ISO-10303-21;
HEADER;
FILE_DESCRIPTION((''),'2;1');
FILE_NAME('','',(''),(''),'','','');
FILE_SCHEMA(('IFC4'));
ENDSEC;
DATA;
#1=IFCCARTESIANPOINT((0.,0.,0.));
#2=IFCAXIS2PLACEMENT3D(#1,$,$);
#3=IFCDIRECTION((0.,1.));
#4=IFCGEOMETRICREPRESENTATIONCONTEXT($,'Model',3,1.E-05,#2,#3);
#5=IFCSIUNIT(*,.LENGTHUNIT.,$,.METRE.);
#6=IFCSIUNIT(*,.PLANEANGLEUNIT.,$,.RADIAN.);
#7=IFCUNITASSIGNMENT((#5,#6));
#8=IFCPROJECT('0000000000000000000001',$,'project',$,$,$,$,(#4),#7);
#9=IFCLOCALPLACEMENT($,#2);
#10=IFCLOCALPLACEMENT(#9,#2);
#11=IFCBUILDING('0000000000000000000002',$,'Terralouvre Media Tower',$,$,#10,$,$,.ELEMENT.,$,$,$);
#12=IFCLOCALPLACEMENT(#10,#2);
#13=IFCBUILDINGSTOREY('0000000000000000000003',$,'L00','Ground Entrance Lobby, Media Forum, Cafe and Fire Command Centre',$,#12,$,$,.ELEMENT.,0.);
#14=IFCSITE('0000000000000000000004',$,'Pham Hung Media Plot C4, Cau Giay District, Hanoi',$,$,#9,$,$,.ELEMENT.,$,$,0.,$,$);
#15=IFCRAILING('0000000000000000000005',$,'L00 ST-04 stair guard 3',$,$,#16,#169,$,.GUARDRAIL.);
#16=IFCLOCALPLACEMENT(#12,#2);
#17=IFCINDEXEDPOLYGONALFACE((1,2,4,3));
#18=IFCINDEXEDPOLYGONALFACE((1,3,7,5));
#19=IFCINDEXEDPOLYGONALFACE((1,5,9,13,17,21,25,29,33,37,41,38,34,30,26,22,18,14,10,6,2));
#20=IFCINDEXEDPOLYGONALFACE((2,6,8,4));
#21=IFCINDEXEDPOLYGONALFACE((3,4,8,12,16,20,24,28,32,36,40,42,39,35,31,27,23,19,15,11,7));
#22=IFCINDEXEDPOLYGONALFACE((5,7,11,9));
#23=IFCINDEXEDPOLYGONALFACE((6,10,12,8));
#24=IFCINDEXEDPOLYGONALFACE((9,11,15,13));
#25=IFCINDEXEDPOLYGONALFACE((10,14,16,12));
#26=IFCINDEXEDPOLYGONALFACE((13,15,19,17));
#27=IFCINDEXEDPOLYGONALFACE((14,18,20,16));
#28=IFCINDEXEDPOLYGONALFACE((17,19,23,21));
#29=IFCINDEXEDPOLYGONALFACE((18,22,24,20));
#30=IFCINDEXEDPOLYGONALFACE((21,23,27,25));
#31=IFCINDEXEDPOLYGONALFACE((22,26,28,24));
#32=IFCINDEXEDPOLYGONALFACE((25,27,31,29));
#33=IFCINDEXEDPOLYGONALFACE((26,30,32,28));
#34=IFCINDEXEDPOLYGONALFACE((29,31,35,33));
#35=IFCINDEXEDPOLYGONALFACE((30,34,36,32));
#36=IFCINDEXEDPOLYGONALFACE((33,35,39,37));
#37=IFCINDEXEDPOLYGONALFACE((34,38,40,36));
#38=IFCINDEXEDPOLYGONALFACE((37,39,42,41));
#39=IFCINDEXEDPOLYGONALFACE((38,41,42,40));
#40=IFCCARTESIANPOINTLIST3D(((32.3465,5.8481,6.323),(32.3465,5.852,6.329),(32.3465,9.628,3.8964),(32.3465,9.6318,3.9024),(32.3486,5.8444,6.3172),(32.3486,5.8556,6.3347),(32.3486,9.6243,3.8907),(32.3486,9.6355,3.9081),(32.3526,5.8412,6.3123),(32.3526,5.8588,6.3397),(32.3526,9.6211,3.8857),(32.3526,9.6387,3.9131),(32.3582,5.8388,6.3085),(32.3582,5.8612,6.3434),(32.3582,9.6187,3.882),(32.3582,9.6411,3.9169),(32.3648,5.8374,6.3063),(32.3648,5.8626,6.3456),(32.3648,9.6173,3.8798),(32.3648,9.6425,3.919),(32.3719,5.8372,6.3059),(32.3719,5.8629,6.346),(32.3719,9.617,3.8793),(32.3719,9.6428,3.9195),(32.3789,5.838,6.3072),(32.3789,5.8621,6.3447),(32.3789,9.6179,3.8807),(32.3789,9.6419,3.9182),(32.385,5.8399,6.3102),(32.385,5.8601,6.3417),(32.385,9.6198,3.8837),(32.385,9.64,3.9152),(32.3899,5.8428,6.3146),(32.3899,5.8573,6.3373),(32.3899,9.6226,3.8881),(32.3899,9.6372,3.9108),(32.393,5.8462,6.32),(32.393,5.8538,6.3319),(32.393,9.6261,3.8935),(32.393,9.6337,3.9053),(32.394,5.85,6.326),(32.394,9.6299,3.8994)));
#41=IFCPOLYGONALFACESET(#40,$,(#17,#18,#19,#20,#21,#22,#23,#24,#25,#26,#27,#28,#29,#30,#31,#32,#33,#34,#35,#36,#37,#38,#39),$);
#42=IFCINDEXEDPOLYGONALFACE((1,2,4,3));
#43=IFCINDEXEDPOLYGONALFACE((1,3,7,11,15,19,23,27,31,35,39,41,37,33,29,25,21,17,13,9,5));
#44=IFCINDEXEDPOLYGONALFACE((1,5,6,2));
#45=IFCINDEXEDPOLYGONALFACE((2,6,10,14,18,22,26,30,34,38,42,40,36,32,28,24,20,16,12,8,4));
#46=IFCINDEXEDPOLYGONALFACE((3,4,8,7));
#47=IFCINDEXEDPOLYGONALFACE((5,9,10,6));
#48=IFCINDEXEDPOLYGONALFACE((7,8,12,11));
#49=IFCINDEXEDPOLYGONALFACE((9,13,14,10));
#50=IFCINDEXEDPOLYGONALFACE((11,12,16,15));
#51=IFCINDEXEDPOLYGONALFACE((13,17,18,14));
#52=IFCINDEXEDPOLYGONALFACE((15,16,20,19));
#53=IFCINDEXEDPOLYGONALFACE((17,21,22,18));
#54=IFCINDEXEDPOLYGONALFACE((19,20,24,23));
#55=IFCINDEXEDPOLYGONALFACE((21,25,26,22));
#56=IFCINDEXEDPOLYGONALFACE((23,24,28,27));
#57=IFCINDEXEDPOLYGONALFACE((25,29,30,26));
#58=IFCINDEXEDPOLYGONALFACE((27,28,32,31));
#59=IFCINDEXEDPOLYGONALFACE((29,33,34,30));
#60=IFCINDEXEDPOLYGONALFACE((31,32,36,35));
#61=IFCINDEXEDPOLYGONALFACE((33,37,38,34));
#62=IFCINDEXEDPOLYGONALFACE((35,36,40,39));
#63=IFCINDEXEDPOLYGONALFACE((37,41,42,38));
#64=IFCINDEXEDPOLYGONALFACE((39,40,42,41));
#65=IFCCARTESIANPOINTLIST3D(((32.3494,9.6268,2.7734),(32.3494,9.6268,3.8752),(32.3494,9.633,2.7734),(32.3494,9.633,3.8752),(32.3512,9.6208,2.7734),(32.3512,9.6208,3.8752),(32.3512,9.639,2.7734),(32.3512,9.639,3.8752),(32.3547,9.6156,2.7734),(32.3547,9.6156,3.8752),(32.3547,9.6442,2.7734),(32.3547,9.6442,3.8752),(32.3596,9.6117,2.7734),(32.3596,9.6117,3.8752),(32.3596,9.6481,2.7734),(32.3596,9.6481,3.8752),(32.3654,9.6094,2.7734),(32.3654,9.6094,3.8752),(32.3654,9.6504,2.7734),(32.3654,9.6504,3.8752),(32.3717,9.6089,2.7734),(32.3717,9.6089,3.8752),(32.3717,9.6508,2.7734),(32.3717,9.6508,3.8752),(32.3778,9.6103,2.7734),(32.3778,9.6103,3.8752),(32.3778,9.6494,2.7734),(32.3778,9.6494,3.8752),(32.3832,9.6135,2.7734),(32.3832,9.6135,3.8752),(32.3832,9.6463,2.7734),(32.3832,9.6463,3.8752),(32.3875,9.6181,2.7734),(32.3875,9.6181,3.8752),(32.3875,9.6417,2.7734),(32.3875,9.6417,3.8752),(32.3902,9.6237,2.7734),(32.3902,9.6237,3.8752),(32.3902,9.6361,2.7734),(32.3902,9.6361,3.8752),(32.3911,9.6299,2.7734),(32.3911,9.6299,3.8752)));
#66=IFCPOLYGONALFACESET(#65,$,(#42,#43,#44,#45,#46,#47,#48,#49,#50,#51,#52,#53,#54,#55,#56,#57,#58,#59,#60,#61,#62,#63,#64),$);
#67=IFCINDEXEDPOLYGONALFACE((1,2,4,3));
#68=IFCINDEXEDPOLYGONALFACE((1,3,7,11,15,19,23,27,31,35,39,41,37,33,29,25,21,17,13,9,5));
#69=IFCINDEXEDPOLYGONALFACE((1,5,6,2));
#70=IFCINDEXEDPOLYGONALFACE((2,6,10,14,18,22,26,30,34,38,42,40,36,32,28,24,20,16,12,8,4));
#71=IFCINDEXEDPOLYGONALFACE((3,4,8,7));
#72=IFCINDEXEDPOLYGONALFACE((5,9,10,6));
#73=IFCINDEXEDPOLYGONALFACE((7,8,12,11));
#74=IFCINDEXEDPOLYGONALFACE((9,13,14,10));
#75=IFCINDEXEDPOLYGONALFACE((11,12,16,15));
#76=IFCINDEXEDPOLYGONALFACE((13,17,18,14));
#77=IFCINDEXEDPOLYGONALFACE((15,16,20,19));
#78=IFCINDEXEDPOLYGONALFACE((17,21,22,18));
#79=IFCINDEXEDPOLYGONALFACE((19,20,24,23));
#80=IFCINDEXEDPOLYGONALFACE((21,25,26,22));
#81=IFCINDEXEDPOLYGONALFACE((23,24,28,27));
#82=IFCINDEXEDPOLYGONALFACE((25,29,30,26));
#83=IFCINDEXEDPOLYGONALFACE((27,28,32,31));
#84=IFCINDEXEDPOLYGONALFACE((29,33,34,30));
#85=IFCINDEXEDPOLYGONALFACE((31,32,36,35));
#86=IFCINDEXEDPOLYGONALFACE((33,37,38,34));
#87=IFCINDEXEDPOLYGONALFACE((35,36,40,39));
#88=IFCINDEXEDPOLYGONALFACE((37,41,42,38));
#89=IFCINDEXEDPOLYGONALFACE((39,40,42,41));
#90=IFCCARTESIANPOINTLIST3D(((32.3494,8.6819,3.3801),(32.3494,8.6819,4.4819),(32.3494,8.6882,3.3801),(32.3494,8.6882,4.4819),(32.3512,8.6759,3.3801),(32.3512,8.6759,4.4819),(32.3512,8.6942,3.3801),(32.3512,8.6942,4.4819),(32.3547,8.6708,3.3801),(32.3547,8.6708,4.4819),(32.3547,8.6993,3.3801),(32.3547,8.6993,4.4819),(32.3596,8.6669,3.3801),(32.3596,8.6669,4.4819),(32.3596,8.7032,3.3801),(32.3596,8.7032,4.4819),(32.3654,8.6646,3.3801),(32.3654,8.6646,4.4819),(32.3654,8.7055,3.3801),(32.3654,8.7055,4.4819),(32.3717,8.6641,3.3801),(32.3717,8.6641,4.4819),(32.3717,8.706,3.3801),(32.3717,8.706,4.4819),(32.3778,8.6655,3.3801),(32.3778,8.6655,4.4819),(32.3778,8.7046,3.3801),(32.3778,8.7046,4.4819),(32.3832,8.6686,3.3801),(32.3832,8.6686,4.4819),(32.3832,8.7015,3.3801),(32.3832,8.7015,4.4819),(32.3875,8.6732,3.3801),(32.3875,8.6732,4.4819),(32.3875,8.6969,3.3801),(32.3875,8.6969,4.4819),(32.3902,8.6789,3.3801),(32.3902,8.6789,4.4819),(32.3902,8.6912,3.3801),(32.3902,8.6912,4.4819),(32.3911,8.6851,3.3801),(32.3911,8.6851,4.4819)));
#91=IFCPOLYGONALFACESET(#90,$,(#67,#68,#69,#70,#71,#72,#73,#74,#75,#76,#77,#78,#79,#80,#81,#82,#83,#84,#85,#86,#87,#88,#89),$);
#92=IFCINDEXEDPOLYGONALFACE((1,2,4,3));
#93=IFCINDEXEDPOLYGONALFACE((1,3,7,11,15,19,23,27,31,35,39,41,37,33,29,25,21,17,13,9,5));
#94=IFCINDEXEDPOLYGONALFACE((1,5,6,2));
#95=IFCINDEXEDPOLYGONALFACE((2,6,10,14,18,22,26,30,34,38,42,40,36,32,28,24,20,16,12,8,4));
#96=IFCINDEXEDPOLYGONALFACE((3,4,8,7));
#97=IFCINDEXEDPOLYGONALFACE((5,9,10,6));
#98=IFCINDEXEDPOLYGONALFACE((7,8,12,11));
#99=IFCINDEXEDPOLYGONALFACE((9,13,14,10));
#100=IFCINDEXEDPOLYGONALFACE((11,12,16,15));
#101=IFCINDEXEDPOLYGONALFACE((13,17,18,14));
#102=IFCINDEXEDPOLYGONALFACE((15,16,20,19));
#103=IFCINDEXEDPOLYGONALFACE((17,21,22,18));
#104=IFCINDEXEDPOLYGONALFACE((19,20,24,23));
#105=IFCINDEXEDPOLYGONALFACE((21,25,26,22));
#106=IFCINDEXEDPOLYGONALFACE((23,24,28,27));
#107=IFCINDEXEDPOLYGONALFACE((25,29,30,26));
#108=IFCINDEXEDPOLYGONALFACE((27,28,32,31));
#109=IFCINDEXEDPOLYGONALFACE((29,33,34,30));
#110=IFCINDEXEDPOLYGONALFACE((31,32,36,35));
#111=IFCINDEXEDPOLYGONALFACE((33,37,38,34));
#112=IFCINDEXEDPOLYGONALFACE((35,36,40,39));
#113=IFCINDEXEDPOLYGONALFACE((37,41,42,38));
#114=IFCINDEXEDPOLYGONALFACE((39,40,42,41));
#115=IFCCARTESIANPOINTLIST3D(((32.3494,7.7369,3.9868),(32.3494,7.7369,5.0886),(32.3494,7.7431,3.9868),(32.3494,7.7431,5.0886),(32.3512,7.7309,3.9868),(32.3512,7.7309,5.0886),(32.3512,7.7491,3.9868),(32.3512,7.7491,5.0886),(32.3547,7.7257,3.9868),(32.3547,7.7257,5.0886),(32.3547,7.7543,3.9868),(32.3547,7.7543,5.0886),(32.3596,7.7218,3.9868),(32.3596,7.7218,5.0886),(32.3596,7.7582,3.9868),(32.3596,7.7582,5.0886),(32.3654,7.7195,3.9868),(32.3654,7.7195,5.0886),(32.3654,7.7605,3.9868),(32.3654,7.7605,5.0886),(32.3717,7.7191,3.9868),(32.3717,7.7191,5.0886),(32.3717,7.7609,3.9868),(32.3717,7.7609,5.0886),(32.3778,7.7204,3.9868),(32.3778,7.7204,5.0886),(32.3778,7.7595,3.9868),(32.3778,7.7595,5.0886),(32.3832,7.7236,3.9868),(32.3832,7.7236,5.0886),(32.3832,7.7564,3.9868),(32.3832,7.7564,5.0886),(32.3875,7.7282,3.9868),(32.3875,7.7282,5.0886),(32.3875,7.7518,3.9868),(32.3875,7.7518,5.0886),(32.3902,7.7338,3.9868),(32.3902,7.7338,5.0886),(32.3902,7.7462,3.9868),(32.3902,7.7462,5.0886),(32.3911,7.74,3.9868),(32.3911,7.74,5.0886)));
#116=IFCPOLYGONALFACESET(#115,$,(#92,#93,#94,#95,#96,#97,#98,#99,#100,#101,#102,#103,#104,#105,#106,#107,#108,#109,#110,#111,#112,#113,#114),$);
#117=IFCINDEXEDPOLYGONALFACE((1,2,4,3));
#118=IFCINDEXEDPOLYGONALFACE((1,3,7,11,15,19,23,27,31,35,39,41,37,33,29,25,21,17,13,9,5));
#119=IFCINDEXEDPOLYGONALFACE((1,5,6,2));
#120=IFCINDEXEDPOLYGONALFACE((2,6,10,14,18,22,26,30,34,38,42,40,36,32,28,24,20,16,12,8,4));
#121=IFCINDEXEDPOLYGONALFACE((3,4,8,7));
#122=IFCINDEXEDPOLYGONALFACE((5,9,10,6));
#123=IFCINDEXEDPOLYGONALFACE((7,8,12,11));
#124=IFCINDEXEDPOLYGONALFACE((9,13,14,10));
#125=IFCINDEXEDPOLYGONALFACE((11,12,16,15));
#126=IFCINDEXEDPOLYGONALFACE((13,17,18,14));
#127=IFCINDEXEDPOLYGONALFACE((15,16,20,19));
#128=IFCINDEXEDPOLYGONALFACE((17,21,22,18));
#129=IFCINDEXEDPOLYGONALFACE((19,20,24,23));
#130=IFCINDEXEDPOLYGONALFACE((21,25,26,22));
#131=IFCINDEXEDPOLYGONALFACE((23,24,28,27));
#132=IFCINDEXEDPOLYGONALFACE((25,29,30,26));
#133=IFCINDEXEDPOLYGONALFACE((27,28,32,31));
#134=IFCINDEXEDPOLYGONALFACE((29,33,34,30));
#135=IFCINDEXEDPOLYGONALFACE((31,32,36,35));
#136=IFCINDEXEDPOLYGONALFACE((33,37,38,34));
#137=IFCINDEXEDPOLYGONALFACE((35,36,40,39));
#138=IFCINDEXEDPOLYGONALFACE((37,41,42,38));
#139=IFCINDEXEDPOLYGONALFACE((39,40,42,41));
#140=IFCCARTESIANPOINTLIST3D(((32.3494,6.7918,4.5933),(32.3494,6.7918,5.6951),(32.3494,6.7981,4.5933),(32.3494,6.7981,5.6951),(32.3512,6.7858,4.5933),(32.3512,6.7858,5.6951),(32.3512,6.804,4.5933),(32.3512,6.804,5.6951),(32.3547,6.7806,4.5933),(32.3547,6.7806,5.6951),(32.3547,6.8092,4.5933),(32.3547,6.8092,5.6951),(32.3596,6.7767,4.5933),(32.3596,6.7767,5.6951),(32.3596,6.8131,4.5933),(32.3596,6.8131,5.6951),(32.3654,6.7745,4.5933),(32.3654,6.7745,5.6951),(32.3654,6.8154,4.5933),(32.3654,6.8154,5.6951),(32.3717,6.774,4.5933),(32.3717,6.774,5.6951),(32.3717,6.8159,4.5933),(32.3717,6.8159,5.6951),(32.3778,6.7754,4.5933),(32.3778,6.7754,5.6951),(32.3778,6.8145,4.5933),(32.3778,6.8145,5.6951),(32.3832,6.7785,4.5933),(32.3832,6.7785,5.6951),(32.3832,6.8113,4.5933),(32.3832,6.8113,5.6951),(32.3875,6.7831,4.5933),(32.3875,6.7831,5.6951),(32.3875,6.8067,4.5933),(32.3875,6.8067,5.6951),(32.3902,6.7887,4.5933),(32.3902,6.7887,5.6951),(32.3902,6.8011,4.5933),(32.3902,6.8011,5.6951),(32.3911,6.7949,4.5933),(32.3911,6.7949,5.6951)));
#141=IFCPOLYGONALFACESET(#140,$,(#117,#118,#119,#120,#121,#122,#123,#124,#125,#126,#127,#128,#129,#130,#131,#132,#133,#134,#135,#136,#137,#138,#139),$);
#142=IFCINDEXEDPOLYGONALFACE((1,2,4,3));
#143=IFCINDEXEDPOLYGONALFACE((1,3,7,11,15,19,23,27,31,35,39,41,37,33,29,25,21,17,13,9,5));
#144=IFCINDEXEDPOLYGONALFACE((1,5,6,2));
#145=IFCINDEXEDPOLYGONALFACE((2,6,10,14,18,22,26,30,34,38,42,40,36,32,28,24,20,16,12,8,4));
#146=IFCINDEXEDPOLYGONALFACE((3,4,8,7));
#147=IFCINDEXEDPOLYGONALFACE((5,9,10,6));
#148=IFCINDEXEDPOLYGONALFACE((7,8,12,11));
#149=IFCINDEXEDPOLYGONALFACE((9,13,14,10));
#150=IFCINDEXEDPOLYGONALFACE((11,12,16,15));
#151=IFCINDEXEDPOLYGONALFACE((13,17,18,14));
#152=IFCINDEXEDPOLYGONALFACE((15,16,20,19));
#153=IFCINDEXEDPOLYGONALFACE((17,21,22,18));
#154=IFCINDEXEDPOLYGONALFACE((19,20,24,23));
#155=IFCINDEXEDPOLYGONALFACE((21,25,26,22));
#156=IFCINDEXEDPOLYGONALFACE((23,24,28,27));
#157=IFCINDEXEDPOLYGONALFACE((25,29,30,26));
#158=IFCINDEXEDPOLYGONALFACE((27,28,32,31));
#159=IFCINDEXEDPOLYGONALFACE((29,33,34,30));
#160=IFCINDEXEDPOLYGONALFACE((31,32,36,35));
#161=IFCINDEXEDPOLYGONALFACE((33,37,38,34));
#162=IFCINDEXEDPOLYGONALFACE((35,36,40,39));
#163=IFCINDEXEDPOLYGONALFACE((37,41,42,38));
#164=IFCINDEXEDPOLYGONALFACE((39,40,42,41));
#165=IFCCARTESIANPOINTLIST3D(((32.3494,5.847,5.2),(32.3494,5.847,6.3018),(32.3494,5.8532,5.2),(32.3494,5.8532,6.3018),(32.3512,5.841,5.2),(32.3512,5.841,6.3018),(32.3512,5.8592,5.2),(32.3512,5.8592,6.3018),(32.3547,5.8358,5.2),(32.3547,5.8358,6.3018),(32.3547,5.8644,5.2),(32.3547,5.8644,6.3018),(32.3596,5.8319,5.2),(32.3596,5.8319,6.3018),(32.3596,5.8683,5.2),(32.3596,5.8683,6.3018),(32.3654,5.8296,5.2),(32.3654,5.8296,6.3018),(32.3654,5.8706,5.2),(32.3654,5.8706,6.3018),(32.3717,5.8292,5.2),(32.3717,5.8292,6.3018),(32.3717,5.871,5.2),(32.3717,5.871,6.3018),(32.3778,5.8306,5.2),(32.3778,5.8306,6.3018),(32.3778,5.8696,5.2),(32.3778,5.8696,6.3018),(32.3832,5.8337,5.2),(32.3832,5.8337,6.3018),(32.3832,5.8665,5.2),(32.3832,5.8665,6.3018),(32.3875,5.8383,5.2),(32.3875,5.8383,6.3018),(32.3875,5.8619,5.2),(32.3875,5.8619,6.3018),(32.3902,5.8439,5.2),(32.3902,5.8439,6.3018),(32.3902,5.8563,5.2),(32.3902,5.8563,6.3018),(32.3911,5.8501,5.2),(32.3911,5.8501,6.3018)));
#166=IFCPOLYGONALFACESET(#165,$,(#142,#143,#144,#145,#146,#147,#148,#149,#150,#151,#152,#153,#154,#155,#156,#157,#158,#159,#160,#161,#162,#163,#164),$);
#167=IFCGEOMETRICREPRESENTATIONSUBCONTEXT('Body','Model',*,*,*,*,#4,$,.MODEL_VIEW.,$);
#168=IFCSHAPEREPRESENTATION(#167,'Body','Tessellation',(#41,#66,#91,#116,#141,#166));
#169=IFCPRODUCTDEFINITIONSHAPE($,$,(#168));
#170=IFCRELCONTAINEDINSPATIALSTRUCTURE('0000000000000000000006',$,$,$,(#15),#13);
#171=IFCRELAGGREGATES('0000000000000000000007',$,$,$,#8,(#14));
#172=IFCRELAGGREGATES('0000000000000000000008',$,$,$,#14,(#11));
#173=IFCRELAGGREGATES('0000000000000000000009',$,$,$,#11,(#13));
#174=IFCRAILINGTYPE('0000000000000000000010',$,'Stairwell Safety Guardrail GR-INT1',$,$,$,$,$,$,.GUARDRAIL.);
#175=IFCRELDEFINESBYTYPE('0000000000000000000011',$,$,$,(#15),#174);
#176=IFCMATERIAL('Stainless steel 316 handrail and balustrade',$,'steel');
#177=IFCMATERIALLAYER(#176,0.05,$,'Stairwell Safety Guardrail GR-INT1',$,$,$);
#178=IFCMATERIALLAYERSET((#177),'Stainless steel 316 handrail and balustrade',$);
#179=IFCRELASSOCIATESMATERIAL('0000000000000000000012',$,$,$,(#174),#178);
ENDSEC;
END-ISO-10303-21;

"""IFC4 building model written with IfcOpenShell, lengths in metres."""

from ifc_helpers import new_model, si_unit, direction, frame, origin, origin_2d, place, context, subcontext, project, spatial, circle, extrude, material, layer, layer_set, type_object, element, save


model = new_model("IFC4")

# Units and contexts
model_context = context("Model", 3, precision=1e-05, world=origin(), true_north=direction((0.0, 1.0)))
body_context = subcontext(model_context, "Body", "Model", "MODEL_VIEW")
ifc_project = project(units=[si_unit("LENGTHUNIT", "METRE"), si_unit("PLANEANGLEUNIT", "RADIAN")], contexts=[model_context])

# Site, building, storey
site_placement = place(None, origin())
site = spatial("IfcSite", under=ifc_project, at=site_placement, Name="Pham Hung Media Plot C4, Cau Giay District, Hanoi", CompositionType="ELEMENT", RefElevation=0.0)
building_placement = place(site_placement, origin())
building = spatial("IfcBuilding", under=site, at=building_placement, Name="Terralouvre Media Tower", CompositionType="ELEMENT")
storey_placement = place(building_placement, origin())
storey = spatial("IfcBuildingStorey", under=building, at=storey_placement, Name="L00", Description="Ground Entrance Lobby, Media Forum, Cafe and Fire Command Centre", CompositionType="ELEMENT", Elevation=0.0)

# Railing
ifc_material_1 = material(Name="Stainless steel 316 handrail and balustrade", Category="steel")
ifc_layer_1 = layer(ifc_material_1, 0.05, Name="Stairwell Safety Guardrail GR-INT1")
ifc_layer_set_1 = layer_set([ifc_layer_1], Name="Stainless steel 316 handrail and balustrade")
railing_type_1 = type_object("IfcRailingType", Name="Stairwell Safety Guardrail GR-INT1", PredefinedType="GUARDRAIL", material=ifc_layer_set_1)
railing_1_placement = place(storey_placement, frame((32.3701, 9.6299, 2.7734)))
element("IfcRailing", 1, at=railing_1_placement, inside=storey, type_object=railing_type_1, Name="L00 ST-04 stair guard 3", PredefinedType="GUARDRAIL", context=body_context, shape_type="SweptSolid", body=[
    extrude(circle(Radius=0.0239, at=origin_2d()), frame((0.0, 0.0, 1.126), z_axis=(0.0, -0.841517, 0.54023), x_axis=(1.0, 0.0, 0.0)), (0.0, 0.0, 1.0), 4.4917),
    extrude(circle(Radius=0.021, at=origin_2d()), origin(), (0.0, 0.0, 1.0), 1.1018),
    extrude(circle(Radius=0.021, at=origin_2d()), frame((0.0, -0.9448, 0.6067)), (0.0, 0.0, 1.0), 1.1018),
    extrude(circle(Radius=0.021, at=origin_2d()), frame((0.0, -1.8899, 1.2134)), (0.0, 0.0, 1.0), 1.1018),
    extrude(circle(Radius=0.021, at=origin_2d()), frame((0.0, -2.835, 1.8198)), (0.0, 0.0, 1.0), 1.1018),
    extrude(circle(Radius=0.021, at=origin_2d()), frame((0.0, -3.7798, 2.4265)), (0.0, 0.0, 1.0), 1.1018),
])

save(model, "model.ifc")
